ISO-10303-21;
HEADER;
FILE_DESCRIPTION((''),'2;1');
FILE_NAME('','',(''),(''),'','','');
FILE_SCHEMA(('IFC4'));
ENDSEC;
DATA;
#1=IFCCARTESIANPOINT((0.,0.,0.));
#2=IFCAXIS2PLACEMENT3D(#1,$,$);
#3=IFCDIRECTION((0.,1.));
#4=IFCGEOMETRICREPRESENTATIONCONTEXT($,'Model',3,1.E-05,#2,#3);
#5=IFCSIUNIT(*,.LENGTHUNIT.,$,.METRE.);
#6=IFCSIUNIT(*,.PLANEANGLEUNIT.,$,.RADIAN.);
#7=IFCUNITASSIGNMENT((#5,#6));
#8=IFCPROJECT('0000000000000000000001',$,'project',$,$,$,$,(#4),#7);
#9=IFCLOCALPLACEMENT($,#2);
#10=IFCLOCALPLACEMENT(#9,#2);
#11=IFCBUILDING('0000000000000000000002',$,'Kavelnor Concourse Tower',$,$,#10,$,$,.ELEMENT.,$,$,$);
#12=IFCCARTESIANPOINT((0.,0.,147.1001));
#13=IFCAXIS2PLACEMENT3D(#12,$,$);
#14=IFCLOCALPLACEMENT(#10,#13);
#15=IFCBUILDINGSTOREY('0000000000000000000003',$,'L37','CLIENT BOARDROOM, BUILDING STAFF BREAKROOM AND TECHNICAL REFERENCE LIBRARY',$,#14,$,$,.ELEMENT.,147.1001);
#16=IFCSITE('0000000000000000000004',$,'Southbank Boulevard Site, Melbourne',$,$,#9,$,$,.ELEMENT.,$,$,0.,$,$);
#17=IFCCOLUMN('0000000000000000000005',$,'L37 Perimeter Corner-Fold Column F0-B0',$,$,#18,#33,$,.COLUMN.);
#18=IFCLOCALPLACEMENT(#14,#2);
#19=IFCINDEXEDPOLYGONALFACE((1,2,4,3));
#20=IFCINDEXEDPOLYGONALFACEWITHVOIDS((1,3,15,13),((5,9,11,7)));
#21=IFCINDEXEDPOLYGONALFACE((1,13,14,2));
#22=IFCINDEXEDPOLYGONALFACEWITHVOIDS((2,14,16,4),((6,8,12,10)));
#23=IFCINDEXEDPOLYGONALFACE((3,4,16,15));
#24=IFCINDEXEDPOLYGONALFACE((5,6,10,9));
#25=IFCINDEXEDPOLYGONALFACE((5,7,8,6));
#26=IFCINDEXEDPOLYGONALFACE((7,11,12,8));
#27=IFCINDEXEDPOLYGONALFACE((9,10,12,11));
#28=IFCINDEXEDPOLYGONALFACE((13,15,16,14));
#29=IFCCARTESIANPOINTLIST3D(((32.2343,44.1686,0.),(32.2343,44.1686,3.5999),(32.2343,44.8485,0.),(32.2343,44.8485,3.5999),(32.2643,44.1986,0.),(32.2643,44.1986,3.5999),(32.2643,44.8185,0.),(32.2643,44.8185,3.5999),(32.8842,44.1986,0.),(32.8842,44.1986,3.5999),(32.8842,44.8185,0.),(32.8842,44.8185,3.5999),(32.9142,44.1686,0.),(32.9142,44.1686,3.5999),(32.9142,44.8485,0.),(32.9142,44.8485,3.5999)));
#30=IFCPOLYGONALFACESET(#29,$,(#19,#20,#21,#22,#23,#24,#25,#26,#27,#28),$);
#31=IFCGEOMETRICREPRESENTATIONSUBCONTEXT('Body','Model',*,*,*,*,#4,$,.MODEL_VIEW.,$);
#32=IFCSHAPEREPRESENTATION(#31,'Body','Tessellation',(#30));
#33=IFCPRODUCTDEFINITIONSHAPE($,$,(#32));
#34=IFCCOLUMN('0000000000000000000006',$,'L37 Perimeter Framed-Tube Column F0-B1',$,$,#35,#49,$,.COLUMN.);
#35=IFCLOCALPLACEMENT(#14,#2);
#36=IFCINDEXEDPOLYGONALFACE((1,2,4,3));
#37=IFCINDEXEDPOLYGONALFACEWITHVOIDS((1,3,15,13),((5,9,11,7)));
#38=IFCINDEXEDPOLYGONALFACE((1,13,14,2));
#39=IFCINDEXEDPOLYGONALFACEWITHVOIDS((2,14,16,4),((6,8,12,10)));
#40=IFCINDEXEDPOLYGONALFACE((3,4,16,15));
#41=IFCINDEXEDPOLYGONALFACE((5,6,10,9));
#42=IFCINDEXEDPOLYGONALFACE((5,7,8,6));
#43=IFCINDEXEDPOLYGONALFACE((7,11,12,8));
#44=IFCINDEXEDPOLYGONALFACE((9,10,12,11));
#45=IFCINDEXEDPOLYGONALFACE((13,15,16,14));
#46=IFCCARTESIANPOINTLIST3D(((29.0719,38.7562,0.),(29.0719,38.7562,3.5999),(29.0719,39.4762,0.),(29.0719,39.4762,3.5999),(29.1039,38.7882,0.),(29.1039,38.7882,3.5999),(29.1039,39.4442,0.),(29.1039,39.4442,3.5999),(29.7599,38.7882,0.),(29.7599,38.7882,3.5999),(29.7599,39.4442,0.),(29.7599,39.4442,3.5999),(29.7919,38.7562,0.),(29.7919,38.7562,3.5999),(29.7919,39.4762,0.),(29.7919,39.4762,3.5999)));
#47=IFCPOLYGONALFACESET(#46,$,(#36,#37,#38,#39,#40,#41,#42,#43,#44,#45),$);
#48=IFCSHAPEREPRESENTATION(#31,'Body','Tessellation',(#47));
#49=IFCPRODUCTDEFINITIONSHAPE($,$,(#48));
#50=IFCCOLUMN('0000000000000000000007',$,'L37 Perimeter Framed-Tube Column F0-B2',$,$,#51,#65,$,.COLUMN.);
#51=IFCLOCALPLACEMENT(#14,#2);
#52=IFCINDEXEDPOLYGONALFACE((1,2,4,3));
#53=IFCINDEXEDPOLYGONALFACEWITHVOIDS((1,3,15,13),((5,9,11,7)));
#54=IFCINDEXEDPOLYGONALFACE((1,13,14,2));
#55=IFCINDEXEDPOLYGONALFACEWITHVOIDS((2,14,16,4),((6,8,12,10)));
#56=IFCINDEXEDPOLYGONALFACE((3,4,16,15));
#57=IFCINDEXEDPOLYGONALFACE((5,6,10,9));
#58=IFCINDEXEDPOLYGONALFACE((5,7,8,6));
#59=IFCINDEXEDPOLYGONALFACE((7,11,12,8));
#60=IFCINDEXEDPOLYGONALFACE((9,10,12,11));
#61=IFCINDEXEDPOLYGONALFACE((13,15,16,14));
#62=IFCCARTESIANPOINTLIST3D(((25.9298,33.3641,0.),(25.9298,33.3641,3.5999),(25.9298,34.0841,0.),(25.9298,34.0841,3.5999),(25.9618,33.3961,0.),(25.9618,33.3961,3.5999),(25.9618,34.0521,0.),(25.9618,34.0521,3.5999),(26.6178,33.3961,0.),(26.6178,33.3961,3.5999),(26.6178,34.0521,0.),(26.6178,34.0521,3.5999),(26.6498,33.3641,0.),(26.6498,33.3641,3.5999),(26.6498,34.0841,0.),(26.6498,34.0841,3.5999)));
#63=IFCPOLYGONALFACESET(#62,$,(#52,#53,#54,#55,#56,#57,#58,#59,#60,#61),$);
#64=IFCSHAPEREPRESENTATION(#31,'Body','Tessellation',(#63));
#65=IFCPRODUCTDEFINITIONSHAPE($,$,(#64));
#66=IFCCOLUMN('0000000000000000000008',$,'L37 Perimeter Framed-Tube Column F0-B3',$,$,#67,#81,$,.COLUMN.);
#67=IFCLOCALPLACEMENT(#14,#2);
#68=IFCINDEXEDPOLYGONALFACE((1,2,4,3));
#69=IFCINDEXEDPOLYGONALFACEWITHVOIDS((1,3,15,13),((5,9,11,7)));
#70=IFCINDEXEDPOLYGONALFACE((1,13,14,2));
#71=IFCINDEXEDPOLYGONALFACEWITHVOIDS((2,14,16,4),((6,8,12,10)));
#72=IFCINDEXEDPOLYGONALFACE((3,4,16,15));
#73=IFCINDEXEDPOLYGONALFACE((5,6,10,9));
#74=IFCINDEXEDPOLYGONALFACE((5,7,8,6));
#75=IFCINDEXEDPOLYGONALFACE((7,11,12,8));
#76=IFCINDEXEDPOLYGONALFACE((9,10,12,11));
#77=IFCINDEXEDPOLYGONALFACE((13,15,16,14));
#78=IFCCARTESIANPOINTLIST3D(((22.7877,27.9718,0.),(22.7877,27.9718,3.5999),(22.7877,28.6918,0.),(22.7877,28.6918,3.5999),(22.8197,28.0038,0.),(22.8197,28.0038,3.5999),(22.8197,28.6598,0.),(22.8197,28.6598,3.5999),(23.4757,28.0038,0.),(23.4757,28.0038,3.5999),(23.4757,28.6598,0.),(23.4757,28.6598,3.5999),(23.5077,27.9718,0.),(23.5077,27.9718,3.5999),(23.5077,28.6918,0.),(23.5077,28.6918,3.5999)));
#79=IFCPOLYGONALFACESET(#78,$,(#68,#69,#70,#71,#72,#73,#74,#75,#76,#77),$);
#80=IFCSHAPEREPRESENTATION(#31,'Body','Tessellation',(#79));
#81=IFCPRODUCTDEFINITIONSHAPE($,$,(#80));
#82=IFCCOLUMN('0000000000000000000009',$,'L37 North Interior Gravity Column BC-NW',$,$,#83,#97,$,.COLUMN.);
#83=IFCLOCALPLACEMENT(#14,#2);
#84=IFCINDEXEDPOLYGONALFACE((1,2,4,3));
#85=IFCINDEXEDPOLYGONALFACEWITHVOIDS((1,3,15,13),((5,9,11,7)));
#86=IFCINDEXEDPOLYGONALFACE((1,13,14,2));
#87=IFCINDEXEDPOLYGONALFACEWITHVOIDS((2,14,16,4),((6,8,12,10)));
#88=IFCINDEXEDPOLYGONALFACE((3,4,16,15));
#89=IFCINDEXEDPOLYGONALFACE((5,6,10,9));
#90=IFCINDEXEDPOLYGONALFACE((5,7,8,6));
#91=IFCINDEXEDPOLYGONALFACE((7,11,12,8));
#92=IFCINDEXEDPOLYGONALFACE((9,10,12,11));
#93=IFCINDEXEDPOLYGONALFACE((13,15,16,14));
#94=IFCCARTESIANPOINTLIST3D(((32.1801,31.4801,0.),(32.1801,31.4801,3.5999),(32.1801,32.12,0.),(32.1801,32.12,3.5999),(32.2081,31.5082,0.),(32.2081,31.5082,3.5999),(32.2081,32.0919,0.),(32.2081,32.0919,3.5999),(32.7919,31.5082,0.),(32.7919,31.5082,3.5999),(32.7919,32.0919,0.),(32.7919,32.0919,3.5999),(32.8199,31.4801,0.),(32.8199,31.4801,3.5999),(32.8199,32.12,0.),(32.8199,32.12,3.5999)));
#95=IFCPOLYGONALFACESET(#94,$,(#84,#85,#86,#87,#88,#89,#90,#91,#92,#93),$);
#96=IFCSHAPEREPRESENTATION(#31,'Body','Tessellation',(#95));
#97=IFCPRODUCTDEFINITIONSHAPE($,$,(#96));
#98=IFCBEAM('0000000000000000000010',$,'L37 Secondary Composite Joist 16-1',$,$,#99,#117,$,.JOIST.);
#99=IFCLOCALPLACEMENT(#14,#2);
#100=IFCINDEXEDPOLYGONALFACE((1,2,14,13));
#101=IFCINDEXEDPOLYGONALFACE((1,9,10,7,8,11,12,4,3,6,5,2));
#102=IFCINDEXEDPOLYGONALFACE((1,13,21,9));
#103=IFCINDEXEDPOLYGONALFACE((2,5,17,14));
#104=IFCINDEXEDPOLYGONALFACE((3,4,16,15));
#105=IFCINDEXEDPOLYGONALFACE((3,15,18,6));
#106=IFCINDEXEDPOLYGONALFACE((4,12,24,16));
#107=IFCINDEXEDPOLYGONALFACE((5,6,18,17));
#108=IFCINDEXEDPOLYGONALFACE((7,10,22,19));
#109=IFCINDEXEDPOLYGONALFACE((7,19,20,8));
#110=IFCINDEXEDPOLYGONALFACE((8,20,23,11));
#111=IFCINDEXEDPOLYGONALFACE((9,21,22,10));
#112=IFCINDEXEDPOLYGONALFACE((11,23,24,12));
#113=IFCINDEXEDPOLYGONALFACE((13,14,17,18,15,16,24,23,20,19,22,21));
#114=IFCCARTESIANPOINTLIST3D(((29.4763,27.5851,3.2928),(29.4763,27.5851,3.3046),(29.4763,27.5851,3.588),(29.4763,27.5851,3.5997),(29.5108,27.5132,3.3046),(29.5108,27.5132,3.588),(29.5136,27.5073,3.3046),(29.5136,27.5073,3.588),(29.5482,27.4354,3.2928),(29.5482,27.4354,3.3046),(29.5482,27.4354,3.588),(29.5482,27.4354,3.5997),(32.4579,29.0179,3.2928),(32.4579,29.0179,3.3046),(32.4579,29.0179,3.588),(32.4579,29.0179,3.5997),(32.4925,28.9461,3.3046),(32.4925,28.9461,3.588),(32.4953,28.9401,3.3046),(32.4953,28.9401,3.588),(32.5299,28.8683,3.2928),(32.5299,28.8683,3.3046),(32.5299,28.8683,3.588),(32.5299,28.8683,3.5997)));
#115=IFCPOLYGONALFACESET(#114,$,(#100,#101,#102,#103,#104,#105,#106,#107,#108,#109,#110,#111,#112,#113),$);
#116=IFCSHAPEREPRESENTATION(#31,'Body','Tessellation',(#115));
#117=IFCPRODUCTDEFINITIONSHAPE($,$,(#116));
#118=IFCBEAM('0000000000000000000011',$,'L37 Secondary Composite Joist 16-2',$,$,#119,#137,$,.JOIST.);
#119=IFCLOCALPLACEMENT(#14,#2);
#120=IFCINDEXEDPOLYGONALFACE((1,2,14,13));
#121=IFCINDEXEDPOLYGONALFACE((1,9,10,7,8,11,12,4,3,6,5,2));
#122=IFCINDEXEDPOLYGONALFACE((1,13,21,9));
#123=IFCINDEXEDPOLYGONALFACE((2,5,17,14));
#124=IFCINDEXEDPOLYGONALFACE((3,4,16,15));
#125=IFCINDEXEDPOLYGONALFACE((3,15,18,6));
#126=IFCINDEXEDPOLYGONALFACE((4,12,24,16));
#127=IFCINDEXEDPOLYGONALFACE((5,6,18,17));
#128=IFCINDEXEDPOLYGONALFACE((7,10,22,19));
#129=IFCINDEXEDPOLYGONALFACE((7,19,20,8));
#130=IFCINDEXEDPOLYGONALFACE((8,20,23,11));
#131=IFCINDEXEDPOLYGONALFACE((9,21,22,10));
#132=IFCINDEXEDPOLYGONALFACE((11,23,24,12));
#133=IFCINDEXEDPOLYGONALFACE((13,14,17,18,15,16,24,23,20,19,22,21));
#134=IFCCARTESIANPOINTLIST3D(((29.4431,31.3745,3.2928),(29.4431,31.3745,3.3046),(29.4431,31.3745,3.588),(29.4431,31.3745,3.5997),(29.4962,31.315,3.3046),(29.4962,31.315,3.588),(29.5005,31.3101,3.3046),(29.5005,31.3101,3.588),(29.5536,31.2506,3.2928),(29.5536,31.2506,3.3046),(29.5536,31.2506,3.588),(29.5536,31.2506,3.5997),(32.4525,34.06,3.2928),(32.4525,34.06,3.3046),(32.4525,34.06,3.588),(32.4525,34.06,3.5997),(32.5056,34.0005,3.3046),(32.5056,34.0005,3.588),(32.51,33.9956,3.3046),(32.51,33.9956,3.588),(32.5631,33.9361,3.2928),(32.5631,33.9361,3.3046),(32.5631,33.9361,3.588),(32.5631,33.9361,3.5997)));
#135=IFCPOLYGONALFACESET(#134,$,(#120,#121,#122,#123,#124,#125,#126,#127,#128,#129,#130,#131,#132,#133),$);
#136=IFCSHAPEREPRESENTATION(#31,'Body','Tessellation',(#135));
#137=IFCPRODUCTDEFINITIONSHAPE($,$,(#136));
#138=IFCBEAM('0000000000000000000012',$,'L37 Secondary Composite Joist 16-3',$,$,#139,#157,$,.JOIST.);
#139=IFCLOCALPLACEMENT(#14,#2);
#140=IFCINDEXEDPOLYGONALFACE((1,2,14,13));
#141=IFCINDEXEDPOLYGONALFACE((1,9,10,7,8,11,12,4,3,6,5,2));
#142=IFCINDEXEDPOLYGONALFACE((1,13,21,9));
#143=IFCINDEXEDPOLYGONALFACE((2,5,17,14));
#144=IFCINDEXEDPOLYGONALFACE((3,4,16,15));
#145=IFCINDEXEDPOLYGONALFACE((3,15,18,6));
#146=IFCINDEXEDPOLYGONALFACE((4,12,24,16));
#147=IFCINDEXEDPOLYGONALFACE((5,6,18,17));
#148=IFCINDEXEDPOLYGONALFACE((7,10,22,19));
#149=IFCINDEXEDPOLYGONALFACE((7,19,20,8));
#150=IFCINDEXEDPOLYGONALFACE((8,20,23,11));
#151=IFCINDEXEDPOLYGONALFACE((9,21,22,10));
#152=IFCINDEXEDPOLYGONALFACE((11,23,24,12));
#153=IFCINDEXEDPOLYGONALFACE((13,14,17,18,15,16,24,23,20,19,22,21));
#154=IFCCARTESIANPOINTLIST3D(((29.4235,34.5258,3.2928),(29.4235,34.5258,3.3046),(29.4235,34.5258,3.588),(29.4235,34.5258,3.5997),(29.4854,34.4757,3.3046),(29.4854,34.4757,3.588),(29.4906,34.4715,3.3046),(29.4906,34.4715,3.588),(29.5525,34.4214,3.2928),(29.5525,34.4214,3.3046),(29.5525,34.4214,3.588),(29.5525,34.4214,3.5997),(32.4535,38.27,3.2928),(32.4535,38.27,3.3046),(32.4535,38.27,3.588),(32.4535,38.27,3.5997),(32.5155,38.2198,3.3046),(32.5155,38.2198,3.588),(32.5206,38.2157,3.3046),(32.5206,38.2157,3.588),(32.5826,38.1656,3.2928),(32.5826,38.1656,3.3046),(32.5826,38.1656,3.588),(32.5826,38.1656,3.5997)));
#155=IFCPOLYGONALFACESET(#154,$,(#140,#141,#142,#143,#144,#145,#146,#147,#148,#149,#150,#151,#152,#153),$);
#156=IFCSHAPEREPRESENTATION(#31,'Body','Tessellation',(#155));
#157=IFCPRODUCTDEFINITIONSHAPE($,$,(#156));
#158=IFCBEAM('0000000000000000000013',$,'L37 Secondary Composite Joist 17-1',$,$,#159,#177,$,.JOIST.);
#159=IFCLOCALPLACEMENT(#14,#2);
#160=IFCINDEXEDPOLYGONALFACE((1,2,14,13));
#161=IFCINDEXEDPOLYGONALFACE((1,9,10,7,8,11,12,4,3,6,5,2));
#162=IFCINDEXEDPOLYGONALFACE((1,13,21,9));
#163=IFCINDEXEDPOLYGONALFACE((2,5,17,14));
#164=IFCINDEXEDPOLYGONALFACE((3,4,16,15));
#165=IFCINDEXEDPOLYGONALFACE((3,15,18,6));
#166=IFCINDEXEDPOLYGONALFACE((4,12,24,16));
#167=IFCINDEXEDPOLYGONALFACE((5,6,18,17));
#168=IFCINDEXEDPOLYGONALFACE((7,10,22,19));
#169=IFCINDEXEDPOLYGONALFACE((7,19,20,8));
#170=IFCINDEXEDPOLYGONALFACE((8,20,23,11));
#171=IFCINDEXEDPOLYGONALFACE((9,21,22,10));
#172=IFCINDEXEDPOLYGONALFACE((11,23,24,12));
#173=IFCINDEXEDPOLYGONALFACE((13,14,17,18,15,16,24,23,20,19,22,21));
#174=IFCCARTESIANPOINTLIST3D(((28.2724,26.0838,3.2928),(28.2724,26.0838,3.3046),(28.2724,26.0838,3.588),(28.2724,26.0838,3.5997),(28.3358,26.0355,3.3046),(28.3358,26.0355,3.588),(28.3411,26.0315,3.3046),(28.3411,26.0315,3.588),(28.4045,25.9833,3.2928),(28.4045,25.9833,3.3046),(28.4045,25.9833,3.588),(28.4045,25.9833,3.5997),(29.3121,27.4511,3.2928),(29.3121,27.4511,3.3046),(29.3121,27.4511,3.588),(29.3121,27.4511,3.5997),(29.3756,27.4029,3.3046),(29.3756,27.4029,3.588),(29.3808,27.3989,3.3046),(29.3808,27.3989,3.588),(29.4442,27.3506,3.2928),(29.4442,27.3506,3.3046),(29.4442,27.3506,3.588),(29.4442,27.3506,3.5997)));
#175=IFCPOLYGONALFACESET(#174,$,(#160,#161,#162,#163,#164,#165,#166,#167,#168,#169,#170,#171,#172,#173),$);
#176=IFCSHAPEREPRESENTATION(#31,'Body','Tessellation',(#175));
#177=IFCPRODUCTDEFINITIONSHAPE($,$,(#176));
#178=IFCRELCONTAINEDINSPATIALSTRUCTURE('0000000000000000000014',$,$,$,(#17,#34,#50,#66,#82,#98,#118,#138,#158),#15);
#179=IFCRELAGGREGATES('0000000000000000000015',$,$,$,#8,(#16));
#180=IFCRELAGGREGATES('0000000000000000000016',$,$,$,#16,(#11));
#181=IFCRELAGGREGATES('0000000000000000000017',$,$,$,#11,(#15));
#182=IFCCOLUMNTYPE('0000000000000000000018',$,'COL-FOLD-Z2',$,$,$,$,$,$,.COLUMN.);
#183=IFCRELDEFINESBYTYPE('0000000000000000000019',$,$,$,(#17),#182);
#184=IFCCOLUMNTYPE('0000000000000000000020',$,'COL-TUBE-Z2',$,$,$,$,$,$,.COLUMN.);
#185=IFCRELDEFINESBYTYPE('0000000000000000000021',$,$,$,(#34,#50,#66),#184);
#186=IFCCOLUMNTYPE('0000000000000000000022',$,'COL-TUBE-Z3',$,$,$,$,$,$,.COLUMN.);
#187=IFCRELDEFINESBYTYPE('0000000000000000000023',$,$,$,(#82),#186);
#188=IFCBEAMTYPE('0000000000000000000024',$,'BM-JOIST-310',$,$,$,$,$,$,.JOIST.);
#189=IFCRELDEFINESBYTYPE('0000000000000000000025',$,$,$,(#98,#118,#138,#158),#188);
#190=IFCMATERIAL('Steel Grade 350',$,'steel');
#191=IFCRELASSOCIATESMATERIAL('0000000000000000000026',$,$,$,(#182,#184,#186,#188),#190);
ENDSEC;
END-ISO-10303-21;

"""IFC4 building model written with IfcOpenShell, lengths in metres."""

from ifc_helpers import new_model, si_unit, direction, frame, origin, origin_2d, place, context, subcontext, project, spatial, hollow_rectangle, i_section, extrude, material, material_profile, profile_set, type_object, element, save


model = new_model("IFC4")

# Units and contexts
model_context = context("Model", 3, precision=1e-05, world=origin(), true_north=direction((0.0, 1.0)))
body_context = subcontext(model_context, "Body", "Model", "MODEL_VIEW")
ifc_project = project(units=[si_unit("LENGTHUNIT", "METRE"), si_unit("PLANEANGLEUNIT", "RADIAN")], contexts=[model_context])

# Site, building, storey
site_placement = place(None, origin())
site = spatial("IfcSite", under=ifc_project, at=site_placement, Name="Southbank Boulevard Site, Melbourne", CompositionType="ELEMENT", RefElevation=0.0)
building_placement = place(site_placement, origin())
building = spatial("IfcBuilding", under=site, at=building_placement, Name="Kavelnor Concourse Tower", CompositionType="ELEMENT")
storey_placement = place(building_placement, frame((0.0, 0.0, 147.1001)))
storey = spatial("IfcBuildingStorey", under=building, at=storey_placement, Name="L37", Description="CLIENT BOARDROOM, BUILDING STAFF BREAKROOM AND TECHNICAL REFERENCE LIBRARY", CompositionType="ELEMENT", Elevation=147.1001)

# Columns
ifc_material_1 = material(Name="Steel Grade 350", Category="steel")
ifc_material_profile_1 = material_profile(ifc_material_1, hollow_rectangle(XDim=0.6799, YDim=0.6799, WallThickness=0.03, at=origin_2d()), Name="SHS 680x680x30")
ifc_profile_set_1 = profile_set([ifc_material_profile_1], Name="Steel Grade 350")
column_type_1 = type_object("IfcColumnType", Name="COL-FOLD-Z2", PredefinedType="COLUMN", material=ifc_profile_set_1)
column_1_placement = place(storey_placement, frame((32.5742, 44.5085, 0.0), z_axis=(0.0, 0.0, 1.0), x_axis=(1.0, 0.0, 0.0)))
element("IfcColumn", 1, at=column_1_placement, inside=storey, type_object=column_type_1, Name="L37 Perimeter Corner-Fold Column F0-B0", PredefinedType="COLUMN", context=body_context, shape_type="SweptSolid", body=[
    extrude(hollow_rectangle(XDim=0.6799, YDim=0.6799, WallThickness=0.03, at=origin_2d()), origin(), (0.0, 0.0, 1.0), 3.5999),
])
ifc_material_profile_2 = material_profile(ifc_material_1, hollow_rectangle(XDim=0.72, YDim=0.72, WallThickness=0.032, at=origin_2d()), Name="SHS 720x720x32")
ifc_profile_set_2 = profile_set([ifc_material_profile_2], Name="Steel Grade 350")
column_type_2 = type_object("IfcColumnType", Name="COL-TUBE-Z2", PredefinedType="COLUMN", material=ifc_profile_set_2)
for number, where, z_axis, x_axis, name in (
    (2, (29.4319, 39.1162, 0.0), (0.0, 0.0, 1.0), (1.0, 0.0, 0.0), "L37 Perimeter Framed-Tube Column F0-B1"),
    (3, (26.2898, 33.7241, 0.0), (0.0, 0.0, 1.0), (1.0, 0.0, 0.0), "L37 Perimeter Framed-Tube Column F0-B2"),
    (4, (23.1477, 28.3318, 0.0), (0.0, 0.0, 1.0), (1.0, 0.0, 0.0), "L37 Perimeter Framed-Tube Column F0-B3"),
):
    element("IfcColumn", number, at=place(storey_placement, frame(where, z_axis=z_axis, x_axis=x_axis)), inside=storey, type_object=column_type_2, Name=name, PredefinedType="COLUMN", context=body_context, shape_type="SweptSolid", body=[
        extrude(hollow_rectangle(XDim=0.72, YDim=0.72, WallThickness=0.032, at=origin_2d()), origin(), (0.0, 0.0, 1.0), 3.5999),
    ])
ifc_material_profile_3 = material_profile(ifc_material_1, hollow_rectangle(XDim=0.6399, YDim=0.6399, WallThickness=0.0281, at=origin_2d()), Name="SHS 640x640x28")
ifc_profile_set_3 = profile_set([ifc_material_profile_3], Name="Steel Grade 350")
column_type_3 = type_object("IfcColumnType", Name="COL-TUBE-Z3", PredefinedType="COLUMN", material=ifc_profile_set_3)
column_2_placement = place(storey_placement, frame((32.5, 31.8, 0.0), z_axis=(0.0, 0.0, 1.0), x_axis=(1.0, 0.0, 0.0)))
element("IfcColumn", 5, at=column_2_placement, inside=storey, type_object=column_type_3, Name="L37 North Interior Gravity Column BC-NW", PredefinedType="COLUMN", context=body_context, shape_type="SweptSolid", body=[
    extrude(hollow_rectangle(XDim=0.6399, YDim=0.6399, WallThickness=0.0281, at=origin_2d()), origin(), (0.0, 0.0, 1.0), 3.5999),
])

# Beams
ifc_material_profile_4 = material_profile(ifc_material_1, i_section(OverallWidth=0.166, OverallDepth=0.3069, WebThickness=0.0066, FlangeThickness=0.0117, at=origin_2d()), Name="310UB46")
ifc_profile_set_4 = profile_set([ifc_material_profile_4], Name="Steel Grade 350")
beam_type_1 = type_object("IfcBeamType", Name="BM-JOIST-310", PredefinedType="JOIST", material=ifc_profile_set_4)
beam_1_placement = place(storey_placement, frame((32.4939, 28.9431, 3.4463), z_axis=(-0.901328, -0.433136, 0.0), x_axis=(0.433136, -0.901328, 0.0)))
element("IfcBeam", 6, at=beam_1_placement, inside=storey, type_object=beam_type_1, Name="L37 Secondary Composite Joist 16-1", PredefinedType="JOIST", context=body_context, shape_type="SweptSolid", body=[
    extrude(i_section(OverallWidth=0.166, OverallDepth=0.3069, WebThickness=0.0066, FlangeThickness=0.0117, at=origin_2d()), origin(), (0.0, 0.0, 1.0), 3.3081),
])
beam_2_placement = place(storey_placement, frame((32.5078, 33.998, 3.4463), z_axis=(-0.746126, -0.665805, 0.0), x_axis=(0.665805, -0.746126, 0.0)))
element("IfcBeam", 7, at=beam_2_placement, inside=storey, type_object=beam_type_1, Name="L37 Secondary Composite Joist 16-2", PredefinedType="JOIST", context=body_context, shape_type="SweptSolid", body=[
    extrude(i_section(OverallWidth=0.166, OverallDepth=0.3069, WebThickness=0.0066, FlangeThickness=0.0117, at=origin_2d()), origin(), (0.0, 0.0, 1.0), 4.0334),
])
beam_3_placement = place(storey_placement, frame((32.5181, 38.2178, 3.4463), z_axis=(-0.62908, -0.77734, 0.0), x_axis=(0.77734, -0.62908, 0.0)))
element("IfcBeam", 8, at=beam_3_placement, inside=storey, type_object=beam_type_1, Name="L37 Secondary Composite Joist 16-3", PredefinedType="JOIST", context=body_context, shape_type="SweptSolid", body=[
    extrude(i_section(OverallWidth=0.166, OverallDepth=0.3069, WebThickness=0.0066, FlangeThickness=0.0117, at=origin_2d()), origin(), (0.0, 0.0, 1.0), 4.8167),
])
beam_4_placement = place(storey_placement, frame((29.3782, 27.4009, 3.4463), z_axis=(-0.605285, -0.796009, 0.0), x_axis=(0.796009, -0.605285, 0.0)))
element("IfcBeam", 9, at=beam_4_placement, inside=storey, type_object=beam_type_1, Name="L37 Secondary Composite Joist 17-1", PredefinedType="JOIST", context=body_context, shape_type="SweptSolid", body=[
    extrude(i_section(OverallWidth=0.166, OverallDepth=0.3069, WebThickness=0.0066, FlangeThickness=0.0117, at=origin_2d()), origin(), (0.0, 0.0, 1.0), 1.7178),
])

save(model, "model.ifc")
